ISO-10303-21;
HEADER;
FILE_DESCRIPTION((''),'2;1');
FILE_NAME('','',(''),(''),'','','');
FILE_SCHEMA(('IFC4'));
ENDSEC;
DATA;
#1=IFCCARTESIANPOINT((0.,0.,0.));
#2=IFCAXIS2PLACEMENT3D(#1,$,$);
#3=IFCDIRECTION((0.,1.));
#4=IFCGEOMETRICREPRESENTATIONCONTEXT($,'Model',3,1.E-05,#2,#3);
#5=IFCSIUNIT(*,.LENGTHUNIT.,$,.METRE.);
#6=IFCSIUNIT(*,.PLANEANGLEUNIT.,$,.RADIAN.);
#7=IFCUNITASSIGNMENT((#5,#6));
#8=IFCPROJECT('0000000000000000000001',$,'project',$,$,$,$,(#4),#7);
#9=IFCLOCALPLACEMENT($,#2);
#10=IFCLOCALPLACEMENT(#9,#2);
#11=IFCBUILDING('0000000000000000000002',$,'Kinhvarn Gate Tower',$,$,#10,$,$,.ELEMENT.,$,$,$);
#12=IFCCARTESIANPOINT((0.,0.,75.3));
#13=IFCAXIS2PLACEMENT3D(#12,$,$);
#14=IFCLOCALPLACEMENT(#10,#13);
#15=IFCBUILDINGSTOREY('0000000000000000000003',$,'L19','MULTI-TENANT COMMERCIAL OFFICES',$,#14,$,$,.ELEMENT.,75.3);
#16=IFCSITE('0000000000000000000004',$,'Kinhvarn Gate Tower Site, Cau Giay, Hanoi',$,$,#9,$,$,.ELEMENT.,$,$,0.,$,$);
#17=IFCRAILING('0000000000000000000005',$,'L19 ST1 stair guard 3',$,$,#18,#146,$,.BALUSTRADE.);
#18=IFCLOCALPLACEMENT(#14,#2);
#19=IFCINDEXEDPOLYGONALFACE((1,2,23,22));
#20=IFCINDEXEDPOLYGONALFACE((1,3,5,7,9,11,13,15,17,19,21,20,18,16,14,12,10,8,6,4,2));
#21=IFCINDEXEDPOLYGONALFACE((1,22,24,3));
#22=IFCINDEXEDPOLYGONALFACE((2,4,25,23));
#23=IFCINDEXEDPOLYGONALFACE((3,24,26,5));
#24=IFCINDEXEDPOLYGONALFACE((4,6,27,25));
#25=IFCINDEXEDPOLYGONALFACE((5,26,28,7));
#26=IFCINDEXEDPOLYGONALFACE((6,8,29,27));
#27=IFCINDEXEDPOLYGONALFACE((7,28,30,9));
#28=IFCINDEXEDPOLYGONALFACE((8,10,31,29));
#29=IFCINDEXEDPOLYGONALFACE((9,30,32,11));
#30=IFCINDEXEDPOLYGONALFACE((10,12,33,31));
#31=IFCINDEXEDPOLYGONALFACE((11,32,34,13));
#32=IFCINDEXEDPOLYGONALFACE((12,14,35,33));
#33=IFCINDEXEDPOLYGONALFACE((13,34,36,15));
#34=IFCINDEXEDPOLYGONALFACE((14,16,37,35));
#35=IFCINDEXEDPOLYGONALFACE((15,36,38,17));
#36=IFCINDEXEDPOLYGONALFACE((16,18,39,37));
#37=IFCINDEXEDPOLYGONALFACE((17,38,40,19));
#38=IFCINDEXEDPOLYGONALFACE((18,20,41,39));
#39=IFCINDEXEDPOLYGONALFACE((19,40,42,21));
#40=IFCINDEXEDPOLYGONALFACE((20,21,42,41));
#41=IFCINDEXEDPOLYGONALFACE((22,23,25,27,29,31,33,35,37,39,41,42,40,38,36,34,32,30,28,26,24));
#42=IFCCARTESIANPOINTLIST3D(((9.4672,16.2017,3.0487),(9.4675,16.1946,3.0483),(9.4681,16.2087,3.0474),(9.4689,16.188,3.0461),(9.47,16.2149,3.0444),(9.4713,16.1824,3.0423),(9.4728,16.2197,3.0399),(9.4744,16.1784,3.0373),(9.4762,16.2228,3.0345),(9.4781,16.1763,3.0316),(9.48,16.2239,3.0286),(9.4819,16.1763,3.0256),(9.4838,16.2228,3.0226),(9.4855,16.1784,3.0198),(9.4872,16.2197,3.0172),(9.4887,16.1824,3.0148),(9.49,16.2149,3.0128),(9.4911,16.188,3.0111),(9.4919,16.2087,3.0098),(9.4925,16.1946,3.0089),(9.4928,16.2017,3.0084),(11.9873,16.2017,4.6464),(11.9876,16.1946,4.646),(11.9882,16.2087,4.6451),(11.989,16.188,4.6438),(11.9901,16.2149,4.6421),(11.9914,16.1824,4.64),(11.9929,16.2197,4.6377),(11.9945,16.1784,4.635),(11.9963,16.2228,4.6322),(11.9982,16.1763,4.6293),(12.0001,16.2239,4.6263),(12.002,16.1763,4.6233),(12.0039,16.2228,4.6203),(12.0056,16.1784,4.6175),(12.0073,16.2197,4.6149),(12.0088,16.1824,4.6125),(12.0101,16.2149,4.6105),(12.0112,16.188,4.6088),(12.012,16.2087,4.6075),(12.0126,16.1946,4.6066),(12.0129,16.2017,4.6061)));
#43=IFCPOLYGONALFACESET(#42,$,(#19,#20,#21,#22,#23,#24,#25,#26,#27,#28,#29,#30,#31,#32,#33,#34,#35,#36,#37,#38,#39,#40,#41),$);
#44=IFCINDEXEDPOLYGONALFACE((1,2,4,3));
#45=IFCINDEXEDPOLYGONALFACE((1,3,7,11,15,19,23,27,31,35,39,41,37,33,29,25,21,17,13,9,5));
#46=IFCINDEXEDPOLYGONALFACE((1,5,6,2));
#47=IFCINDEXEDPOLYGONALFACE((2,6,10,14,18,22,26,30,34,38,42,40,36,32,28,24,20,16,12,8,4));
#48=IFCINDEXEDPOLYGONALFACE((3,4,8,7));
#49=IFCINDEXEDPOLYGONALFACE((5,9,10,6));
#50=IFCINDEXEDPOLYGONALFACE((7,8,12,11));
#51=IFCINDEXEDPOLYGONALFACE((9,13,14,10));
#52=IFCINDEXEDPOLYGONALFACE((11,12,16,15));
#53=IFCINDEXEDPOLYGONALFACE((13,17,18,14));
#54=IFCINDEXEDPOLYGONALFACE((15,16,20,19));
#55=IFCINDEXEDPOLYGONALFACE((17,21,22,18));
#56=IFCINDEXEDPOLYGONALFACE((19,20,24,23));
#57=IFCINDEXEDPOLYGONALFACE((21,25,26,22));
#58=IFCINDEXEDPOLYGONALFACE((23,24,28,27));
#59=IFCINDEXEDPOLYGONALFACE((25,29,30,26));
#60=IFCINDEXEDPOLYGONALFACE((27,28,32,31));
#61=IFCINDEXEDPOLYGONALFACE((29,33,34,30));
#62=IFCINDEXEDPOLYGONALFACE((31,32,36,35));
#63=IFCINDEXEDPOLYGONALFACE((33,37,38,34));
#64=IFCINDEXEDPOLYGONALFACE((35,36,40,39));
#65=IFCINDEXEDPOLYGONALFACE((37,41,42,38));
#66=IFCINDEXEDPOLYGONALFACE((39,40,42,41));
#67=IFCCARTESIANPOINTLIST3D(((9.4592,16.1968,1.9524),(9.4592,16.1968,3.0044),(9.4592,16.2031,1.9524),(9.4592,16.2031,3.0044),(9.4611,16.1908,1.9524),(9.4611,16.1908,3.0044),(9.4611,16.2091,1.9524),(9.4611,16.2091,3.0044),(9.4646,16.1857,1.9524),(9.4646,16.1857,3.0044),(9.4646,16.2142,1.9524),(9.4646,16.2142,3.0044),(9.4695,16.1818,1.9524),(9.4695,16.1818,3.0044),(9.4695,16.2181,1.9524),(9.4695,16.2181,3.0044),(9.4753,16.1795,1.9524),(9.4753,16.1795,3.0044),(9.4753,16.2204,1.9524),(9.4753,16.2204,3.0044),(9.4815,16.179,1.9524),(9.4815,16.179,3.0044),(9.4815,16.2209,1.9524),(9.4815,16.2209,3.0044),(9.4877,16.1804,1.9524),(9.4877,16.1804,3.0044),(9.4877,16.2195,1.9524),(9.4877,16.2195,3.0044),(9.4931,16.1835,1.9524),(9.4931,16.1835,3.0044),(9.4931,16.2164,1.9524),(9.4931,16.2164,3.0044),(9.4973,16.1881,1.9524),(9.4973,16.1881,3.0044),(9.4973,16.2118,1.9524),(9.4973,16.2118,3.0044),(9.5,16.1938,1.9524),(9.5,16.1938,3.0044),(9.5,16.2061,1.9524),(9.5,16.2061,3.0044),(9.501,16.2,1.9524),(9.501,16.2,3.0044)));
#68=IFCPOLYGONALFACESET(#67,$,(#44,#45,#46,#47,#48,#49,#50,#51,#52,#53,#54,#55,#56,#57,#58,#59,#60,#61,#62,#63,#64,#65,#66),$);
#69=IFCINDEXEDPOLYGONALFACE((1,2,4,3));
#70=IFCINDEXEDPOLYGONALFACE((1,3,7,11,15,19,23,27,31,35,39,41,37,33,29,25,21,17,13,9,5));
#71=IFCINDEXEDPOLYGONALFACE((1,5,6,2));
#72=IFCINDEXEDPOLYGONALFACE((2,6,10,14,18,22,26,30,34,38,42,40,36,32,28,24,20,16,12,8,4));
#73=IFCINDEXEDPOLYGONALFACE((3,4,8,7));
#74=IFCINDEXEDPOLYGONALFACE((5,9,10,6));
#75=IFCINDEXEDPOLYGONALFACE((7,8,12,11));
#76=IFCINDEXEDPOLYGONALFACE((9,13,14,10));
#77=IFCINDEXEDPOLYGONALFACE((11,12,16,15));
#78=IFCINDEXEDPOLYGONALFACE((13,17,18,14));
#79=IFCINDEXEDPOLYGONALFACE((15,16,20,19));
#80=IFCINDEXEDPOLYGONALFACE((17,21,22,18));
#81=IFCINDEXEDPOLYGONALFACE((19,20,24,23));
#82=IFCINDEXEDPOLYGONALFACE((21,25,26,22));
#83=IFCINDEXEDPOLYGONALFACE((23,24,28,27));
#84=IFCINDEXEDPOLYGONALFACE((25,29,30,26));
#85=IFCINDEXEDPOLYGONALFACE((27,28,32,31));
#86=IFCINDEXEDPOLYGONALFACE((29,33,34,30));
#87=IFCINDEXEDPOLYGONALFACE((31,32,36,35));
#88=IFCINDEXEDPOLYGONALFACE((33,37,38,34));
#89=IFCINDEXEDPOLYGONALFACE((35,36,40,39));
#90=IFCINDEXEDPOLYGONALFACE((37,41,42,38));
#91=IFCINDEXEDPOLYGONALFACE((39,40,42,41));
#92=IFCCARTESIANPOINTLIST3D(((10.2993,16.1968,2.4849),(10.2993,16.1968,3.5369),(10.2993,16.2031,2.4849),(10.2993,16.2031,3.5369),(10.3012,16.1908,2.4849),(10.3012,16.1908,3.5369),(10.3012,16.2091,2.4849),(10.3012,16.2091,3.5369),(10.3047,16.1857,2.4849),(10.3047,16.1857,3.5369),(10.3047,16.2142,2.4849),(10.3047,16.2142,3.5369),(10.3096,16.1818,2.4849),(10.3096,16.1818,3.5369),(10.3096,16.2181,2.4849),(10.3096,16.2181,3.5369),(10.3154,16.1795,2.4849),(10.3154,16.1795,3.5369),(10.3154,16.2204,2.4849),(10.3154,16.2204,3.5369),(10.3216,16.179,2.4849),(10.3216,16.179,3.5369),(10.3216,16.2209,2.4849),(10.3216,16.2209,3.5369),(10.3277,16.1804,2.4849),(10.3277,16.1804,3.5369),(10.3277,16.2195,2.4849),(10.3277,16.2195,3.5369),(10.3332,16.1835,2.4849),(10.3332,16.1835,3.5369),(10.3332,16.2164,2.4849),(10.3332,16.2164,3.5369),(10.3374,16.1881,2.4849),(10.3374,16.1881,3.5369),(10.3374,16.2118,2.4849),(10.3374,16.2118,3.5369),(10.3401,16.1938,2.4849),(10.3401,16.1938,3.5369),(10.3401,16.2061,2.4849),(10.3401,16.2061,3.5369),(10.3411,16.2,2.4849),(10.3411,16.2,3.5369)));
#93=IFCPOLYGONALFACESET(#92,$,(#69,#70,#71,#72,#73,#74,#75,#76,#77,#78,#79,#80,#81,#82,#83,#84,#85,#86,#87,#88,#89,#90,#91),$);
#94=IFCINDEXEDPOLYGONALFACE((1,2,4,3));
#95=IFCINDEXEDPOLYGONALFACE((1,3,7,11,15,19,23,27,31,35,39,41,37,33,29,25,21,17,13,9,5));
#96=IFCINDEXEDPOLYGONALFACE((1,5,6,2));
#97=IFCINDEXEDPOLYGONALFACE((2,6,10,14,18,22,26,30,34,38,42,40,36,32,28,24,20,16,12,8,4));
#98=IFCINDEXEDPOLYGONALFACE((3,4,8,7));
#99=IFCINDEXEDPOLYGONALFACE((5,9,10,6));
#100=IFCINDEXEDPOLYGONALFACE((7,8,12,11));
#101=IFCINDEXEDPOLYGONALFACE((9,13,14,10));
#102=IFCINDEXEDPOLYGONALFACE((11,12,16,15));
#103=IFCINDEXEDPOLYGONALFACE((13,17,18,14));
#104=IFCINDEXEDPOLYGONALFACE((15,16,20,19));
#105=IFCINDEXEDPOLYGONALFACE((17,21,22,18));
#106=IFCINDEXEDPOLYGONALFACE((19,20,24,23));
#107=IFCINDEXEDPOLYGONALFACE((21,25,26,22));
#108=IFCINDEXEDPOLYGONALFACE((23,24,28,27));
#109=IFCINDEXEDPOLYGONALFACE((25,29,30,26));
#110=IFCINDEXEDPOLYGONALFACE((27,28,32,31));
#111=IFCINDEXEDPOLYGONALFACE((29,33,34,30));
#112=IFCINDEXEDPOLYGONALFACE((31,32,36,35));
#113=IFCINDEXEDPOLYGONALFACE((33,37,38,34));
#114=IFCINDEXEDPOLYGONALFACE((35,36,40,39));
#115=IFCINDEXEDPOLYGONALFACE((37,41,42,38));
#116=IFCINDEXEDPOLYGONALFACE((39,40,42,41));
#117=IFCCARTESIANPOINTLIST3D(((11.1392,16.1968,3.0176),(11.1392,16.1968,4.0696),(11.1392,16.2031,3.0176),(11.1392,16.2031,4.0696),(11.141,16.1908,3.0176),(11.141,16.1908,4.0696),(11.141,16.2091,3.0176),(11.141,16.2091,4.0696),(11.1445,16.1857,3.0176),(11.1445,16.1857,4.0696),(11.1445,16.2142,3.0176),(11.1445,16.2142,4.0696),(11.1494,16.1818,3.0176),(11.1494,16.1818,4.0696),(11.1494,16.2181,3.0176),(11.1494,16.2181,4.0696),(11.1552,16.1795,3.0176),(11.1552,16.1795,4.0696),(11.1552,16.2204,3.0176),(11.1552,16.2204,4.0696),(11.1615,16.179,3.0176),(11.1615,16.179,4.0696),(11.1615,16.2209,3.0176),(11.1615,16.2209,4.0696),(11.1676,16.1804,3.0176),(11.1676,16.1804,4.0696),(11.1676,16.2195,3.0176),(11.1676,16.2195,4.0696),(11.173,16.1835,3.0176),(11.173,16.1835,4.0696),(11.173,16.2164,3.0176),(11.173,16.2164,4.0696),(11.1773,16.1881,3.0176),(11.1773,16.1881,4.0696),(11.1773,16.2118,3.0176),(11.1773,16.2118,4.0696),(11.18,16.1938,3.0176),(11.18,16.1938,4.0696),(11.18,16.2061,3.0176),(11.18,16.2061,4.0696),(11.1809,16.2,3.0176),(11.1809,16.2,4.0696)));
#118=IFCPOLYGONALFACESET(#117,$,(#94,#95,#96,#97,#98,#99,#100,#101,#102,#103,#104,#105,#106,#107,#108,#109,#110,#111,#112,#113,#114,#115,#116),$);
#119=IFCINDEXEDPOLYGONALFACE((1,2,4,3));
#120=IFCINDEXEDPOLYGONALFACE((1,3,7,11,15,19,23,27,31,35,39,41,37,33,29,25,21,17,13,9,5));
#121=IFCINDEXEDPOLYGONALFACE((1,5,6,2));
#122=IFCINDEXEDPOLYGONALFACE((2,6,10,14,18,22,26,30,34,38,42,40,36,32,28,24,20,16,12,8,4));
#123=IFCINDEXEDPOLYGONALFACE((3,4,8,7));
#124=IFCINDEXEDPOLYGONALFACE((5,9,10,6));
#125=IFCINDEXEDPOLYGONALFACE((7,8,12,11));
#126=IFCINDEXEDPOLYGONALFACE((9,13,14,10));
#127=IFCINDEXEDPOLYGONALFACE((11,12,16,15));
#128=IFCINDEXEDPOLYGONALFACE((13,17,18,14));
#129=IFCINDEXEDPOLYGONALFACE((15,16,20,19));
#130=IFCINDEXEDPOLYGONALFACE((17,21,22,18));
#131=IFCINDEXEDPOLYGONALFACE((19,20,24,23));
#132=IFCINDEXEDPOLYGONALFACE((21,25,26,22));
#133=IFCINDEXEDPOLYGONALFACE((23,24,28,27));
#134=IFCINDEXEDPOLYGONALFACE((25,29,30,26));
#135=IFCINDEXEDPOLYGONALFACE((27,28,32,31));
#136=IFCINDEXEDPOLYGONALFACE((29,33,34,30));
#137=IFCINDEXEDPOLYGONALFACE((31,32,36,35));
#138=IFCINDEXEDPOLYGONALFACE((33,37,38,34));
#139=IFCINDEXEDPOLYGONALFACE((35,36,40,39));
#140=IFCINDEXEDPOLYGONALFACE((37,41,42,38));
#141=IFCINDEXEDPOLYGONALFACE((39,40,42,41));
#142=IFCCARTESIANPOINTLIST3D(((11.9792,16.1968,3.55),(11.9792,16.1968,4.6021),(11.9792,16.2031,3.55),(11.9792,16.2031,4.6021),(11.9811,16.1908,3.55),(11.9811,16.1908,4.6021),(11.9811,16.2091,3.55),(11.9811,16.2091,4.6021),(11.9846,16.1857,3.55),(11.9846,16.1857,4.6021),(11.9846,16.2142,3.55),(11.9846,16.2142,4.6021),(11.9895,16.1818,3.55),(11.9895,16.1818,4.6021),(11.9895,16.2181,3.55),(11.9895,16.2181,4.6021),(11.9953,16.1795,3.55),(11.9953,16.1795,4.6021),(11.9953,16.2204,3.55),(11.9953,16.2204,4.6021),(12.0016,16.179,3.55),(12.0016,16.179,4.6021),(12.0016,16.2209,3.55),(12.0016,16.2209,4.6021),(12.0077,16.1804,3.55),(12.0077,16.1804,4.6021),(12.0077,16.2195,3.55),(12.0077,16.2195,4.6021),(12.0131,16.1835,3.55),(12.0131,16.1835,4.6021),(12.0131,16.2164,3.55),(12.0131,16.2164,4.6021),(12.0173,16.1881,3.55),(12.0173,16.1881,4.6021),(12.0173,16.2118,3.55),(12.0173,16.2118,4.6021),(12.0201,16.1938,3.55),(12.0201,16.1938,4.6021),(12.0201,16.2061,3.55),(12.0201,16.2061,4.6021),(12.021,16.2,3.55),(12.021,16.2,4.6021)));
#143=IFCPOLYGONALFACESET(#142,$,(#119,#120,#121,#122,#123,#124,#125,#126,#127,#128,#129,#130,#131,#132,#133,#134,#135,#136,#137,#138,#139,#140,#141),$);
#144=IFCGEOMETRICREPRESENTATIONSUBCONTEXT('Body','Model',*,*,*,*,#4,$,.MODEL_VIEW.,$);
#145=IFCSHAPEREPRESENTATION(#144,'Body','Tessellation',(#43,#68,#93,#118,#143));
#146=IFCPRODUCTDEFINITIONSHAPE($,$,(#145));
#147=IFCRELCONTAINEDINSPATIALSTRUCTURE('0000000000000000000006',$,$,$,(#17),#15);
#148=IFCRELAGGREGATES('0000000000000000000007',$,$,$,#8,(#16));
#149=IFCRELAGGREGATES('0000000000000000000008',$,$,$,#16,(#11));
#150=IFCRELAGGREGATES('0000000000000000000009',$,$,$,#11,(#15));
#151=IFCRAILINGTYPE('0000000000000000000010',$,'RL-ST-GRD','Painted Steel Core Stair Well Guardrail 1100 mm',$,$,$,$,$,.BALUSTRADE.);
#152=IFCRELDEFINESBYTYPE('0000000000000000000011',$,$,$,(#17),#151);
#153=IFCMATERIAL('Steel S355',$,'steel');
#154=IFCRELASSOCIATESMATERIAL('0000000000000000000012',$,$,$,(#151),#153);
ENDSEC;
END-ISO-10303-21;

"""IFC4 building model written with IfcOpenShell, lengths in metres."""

from ifc_helpers import new_model, si_unit, direction, frame, origin, origin_2d, place, context, subcontext, project, spatial, circle, extrude, material, type_object, element, save


model = new_model("IFC4")

# Units and contexts
model_context = context("Model", 3, precision=1e-05, world=origin(), true_north=direction((0.0, 1.0)))
body_context = subcontext(model_context, "Body", "Model", "MODEL_VIEW")
ifc_project = project(units=[si_unit("LENGTHUNIT", "METRE"), si_unit("PLANEANGLEUNIT", "RADIAN")], contexts=[model_context])

# Site, building, storey
site_placement = place(None, origin())
site = spatial("IfcSite", under=ifc_project, at=site_placement, Name="Kinhvarn Gate Tower Site, Cau Giay, Hanoi", CompositionType="ELEMENT", RefElevation=0.0)
building_placement = place(site_placement, origin())
building = spatial("IfcBuilding", under=site, at=building_placement, Name="Kinhvarn Gate Tower", CompositionType="ELEMENT")
storey_placement = place(building_placement, frame((0.0, 0.0, 75.3)))
storey = spatial("IfcBuildingStorey", under=building, at=storey_placement, Name="L19", Description="MULTI-TENANT COMMERCIAL OFFICES", CompositionType="ELEMENT", Elevation=75.3)

# Railing
ifc_material_1 = material(Name="Steel S355", Category="steel")
railing_type_1 = type_object("IfcRailingType", Name="RL-ST-GRD", Description="Painted Steel Core Stair Well Guardrail 1100 mm", PredefinedType="BALUSTRADE", material=ifc_material_1)
railing_1_placement = place(storey_placement, frame((9.48, 16.2, 1.9524)))
element("IfcRailing", 1, at=railing_1_placement, inside=storey, type_object=railing_type_1, Name="L19 ST1 stair guard 3", PredefinedType="BALUSTRADE", context=body_context, shape_type="SweptSolid", body=[
    extrude(circle(Radius=0.0239, at=origin_2d()), frame((0.0, 0.0, 1.0762), z_axis=(0.84457, 0.0, 0.535445), x_axis=(0.0, 1.0, 0.0)), (0.0, 0.0, 1.0), 2.9839),
    extrude(circle(Radius=0.021, at=origin_2d()), origin(), (0.0, 0.0, 1.0), 1.052),
    extrude(circle(Radius=0.021, at=origin_2d()), frame((0.8401, 0.0, 0.5325)), (0.0, 0.0, 1.0), 1.052),
    extrude(circle(Radius=0.021, at=origin_2d()), frame((1.6799, 0.0, 1.0652)), (0.0, 0.0, 1.0), 1.052),
    extrude(circle(Radius=0.021, at=origin_2d()), frame((2.52, 0.0, 1.5977)), (0.0, 0.0, 1.0), 1.052),
])

save(model, "model.ifc")
